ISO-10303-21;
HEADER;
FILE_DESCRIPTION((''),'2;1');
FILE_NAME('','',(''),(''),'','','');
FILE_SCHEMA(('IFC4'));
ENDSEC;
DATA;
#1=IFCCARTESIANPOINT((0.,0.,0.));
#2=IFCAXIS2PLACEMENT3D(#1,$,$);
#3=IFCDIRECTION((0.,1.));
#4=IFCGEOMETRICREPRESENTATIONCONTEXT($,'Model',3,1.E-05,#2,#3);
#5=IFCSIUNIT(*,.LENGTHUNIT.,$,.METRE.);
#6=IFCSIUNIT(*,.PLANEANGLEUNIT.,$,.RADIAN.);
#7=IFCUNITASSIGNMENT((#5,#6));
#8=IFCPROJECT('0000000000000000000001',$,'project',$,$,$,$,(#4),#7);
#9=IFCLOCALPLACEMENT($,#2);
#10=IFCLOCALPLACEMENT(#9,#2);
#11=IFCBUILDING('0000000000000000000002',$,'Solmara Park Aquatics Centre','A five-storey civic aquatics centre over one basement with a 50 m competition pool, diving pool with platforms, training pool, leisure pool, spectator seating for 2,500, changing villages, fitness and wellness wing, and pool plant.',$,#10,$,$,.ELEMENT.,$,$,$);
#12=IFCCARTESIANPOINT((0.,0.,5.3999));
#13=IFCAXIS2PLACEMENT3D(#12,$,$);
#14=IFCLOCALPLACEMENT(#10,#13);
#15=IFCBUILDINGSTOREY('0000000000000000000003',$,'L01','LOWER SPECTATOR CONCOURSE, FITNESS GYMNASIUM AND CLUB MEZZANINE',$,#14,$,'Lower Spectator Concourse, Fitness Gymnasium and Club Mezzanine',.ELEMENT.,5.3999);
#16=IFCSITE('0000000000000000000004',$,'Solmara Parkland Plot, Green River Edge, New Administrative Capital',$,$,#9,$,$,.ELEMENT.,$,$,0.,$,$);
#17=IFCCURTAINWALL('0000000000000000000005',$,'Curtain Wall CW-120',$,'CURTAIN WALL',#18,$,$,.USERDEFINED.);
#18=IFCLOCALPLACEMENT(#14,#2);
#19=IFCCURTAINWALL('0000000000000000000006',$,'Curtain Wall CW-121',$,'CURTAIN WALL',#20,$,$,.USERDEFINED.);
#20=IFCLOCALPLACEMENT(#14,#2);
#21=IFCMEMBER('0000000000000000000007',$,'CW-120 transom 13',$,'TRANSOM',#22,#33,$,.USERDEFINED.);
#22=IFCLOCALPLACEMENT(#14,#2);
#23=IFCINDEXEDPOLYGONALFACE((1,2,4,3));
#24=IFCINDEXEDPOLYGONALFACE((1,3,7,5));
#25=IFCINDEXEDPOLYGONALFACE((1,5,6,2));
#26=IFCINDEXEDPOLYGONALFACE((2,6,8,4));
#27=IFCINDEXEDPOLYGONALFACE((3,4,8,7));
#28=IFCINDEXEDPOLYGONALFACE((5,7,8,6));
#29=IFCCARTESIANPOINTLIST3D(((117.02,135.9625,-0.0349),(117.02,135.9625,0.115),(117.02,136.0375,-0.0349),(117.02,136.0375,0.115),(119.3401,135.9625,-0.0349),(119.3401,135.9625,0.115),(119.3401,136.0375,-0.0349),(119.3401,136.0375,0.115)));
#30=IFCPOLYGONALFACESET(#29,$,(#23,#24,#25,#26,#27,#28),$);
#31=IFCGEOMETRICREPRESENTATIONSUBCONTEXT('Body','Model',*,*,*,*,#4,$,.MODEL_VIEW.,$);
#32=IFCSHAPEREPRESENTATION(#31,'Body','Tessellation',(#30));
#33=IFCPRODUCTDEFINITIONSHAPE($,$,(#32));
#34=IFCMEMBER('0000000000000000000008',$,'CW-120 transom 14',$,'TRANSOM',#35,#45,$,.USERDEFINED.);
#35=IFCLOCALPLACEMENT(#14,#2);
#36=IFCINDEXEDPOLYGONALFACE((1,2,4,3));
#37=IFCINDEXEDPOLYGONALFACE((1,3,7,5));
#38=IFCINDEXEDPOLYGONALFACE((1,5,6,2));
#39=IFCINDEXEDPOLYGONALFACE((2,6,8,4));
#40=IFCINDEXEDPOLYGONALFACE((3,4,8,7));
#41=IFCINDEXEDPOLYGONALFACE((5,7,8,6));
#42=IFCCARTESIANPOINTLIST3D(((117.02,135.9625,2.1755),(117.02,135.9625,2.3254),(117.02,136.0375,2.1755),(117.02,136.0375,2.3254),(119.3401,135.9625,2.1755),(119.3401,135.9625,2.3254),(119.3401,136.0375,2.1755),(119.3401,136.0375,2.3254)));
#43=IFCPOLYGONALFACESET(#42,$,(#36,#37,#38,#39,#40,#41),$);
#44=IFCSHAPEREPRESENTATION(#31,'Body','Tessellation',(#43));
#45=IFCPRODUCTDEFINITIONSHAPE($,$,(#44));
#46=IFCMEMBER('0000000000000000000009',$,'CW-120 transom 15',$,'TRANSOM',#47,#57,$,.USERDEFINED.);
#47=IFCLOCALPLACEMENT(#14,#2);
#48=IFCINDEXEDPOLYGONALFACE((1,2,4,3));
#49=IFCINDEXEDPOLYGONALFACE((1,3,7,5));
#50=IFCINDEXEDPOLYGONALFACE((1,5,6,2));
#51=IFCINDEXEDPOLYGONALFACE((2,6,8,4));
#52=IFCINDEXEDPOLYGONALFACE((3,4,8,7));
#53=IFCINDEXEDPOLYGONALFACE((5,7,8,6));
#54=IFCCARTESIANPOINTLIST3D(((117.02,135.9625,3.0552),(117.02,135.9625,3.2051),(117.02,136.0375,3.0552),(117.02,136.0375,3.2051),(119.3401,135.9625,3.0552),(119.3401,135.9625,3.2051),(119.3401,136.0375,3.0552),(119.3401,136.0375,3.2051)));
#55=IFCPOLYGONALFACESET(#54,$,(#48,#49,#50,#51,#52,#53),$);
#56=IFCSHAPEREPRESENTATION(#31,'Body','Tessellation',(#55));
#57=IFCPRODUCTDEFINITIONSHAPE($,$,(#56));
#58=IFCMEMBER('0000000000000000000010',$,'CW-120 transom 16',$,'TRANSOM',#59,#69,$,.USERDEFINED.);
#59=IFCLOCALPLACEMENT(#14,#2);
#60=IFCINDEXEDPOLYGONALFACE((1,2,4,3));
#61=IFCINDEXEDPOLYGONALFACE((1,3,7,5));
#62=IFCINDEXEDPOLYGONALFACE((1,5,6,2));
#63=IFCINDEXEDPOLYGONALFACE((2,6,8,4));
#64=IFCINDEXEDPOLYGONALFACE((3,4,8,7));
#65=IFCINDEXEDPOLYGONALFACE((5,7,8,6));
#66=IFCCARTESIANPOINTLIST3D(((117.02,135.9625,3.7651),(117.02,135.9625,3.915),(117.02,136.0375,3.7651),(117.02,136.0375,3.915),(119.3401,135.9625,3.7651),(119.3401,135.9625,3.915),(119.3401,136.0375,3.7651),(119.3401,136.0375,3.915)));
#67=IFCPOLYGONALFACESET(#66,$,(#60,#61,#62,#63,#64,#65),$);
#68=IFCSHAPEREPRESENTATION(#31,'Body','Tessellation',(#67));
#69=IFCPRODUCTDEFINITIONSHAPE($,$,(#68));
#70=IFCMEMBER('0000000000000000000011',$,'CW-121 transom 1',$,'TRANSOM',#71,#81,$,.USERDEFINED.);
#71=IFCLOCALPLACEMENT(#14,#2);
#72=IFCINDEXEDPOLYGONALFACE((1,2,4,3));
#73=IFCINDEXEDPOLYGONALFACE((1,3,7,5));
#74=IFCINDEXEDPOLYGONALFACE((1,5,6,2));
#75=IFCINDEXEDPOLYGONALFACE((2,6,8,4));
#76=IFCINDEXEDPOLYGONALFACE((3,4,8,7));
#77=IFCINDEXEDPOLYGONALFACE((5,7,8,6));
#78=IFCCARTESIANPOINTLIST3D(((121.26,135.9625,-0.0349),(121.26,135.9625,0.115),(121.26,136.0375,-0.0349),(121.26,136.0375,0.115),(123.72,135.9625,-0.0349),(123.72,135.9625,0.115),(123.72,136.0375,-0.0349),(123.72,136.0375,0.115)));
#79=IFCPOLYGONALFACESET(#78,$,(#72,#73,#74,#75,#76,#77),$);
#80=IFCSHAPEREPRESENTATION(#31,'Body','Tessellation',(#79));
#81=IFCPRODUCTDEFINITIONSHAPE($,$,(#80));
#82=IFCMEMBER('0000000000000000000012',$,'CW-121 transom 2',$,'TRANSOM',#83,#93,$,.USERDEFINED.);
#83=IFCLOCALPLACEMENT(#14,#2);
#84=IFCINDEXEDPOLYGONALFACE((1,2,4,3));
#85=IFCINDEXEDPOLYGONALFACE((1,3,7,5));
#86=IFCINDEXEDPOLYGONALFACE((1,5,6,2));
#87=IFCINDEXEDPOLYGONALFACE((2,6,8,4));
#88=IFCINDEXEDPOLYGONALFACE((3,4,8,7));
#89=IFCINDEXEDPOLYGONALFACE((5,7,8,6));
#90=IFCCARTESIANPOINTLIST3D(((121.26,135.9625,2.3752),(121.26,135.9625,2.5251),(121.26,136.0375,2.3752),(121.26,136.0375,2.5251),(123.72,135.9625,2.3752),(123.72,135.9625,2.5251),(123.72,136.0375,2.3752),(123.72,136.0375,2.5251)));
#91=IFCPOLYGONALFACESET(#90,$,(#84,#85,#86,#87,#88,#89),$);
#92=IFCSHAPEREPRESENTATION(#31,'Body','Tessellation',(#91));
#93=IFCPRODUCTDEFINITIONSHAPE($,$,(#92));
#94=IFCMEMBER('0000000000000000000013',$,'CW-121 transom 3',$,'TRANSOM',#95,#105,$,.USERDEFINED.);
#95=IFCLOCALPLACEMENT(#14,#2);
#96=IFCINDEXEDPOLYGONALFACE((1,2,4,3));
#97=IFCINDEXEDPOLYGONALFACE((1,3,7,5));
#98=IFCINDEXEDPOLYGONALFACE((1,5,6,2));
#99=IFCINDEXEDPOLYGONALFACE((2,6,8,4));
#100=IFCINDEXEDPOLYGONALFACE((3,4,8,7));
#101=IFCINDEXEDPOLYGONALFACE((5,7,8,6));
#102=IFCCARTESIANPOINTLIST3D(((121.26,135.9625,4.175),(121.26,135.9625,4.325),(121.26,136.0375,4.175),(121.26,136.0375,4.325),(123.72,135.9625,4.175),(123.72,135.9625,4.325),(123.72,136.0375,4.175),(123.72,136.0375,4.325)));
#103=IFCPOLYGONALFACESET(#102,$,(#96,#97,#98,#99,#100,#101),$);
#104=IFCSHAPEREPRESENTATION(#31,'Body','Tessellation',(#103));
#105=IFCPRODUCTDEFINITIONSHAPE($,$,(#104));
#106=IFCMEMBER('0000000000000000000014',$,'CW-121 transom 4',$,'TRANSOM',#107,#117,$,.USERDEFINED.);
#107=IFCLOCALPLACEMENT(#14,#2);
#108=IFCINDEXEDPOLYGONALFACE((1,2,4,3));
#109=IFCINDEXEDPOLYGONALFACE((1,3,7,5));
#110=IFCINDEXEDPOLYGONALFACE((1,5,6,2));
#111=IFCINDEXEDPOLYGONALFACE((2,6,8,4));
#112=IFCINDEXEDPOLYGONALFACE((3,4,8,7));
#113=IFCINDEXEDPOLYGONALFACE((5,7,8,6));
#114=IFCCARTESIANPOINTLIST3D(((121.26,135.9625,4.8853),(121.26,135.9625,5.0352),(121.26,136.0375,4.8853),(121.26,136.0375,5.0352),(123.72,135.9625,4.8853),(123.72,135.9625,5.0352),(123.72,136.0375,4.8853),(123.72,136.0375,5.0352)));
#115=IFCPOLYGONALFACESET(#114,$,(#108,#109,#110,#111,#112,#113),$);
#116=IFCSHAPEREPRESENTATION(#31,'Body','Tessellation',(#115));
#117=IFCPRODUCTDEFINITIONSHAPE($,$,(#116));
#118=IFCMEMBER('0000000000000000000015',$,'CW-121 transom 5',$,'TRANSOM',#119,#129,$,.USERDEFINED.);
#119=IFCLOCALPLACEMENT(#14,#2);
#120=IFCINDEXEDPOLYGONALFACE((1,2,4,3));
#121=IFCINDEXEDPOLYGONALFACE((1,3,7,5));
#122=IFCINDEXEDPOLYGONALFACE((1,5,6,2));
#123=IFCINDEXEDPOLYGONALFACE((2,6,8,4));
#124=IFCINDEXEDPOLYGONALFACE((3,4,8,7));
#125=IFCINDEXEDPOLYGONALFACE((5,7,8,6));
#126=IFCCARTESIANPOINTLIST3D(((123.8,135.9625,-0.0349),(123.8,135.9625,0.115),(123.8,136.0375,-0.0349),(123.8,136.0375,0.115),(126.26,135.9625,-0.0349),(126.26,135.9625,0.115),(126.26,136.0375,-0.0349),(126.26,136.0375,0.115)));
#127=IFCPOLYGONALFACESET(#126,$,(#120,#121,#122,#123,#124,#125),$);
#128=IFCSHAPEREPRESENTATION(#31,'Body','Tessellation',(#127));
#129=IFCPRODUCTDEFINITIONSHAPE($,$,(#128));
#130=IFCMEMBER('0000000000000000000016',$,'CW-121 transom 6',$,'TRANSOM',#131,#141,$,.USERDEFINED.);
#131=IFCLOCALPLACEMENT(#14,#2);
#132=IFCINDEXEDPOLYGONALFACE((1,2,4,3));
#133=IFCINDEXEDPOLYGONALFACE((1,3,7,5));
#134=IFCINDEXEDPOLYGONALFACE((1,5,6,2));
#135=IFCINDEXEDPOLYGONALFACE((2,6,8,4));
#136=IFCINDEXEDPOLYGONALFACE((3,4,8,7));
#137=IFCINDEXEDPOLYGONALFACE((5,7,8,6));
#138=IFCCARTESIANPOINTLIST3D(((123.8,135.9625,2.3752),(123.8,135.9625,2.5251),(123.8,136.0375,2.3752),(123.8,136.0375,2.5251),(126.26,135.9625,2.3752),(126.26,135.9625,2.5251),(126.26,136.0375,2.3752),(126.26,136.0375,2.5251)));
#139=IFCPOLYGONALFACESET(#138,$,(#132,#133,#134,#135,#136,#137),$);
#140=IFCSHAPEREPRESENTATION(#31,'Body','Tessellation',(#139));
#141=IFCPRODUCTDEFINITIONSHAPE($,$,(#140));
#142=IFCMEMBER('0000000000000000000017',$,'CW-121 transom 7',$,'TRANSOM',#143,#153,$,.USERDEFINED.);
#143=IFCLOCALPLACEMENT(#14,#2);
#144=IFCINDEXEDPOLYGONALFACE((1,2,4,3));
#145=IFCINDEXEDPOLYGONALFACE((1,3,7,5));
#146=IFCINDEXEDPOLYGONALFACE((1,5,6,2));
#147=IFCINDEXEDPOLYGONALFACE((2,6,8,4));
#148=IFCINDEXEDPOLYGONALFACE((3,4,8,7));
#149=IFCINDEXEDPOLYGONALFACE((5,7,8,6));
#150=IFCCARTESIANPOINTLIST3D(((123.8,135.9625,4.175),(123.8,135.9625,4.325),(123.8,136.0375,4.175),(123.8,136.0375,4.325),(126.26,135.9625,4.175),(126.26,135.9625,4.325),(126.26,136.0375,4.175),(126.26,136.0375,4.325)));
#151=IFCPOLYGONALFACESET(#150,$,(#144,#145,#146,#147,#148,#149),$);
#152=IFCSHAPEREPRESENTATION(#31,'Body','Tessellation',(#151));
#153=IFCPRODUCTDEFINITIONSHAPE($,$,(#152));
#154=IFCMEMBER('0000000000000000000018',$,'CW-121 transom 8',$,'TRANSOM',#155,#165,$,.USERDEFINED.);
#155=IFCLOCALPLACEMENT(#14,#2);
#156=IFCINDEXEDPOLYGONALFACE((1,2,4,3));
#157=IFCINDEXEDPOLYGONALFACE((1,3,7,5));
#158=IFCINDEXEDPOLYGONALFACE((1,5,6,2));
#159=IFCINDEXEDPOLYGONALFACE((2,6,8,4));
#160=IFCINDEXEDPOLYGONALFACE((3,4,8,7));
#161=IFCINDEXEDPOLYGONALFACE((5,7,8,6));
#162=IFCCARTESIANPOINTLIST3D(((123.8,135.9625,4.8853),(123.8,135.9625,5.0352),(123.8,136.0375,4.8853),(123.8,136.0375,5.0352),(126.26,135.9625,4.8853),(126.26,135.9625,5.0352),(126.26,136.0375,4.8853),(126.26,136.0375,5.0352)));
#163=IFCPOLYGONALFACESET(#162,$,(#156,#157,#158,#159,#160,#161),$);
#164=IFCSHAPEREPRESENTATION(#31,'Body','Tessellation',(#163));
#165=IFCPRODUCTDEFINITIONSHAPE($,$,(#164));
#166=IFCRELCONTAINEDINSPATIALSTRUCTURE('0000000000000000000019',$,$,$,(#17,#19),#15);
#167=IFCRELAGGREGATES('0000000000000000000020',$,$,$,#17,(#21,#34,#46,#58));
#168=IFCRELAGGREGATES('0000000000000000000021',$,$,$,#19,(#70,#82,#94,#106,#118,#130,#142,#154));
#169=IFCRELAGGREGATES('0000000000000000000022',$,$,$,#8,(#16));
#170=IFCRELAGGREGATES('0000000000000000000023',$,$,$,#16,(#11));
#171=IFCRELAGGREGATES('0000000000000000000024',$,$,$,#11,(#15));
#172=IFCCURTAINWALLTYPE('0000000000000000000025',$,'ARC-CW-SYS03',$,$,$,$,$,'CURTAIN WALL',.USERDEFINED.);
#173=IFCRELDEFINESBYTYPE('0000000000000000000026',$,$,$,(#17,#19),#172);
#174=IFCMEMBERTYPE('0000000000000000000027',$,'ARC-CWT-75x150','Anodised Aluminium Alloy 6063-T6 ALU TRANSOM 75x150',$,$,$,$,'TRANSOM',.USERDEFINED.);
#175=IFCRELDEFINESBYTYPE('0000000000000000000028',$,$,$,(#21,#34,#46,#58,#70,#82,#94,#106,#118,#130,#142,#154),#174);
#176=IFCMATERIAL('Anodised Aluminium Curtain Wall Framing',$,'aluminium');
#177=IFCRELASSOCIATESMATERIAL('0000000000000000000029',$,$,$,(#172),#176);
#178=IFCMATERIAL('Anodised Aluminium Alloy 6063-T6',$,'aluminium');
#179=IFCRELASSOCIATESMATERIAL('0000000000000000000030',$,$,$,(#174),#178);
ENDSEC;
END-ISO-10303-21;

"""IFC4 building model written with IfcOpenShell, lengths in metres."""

from ifc_helpers import new_model, si_unit, direction, frame, origin, origin_2d, place, context, subcontext, project, spatial, rectangle, extrude, material, material_profile, profile_set, type_object, element, aggregate, save


model = new_model("IFC4")

# Units and contexts
model_context = context("Model", 3, precision=1e-05, world=origin(), true_north=direction((0.0, 1.0)))
body_context = subcontext(model_context, "Body", "Model", "MODEL_VIEW")
ifc_project = project(units=[si_unit("LENGTHUNIT", "METRE"), si_unit("PLANEANGLEUNIT", "RADIAN")], contexts=[model_context])

# Site, building, storey
site_placement = place(None, origin())
site = spatial("IfcSite", under=ifc_project, at=site_placement, Name="Solmara Parkland Plot, Green River Edge, New Administrative Capital", CompositionType="ELEMENT", RefElevation=0.0)
building_placement = place(site_placement, origin())
building = spatial("IfcBuilding", under=site, at=building_placement, Name="Solmara Park Aquatics Centre", Description="A five-storey civic aquatics centre over one basement with a 50 m competition pool, diving pool with platforms, training pool, leisure pool, spectator seating for 2,500, changing villages, fitness and wellness wing, and pool plant.", CompositionType="ELEMENT")
storey_placement = place(building_placement, frame((0.0, 0.0, 5.3999)))
storey = spatial("IfcBuildingStorey", under=building, at=storey_placement, Name="L01", Description="LOWER SPECTATOR CONCOURSE, FITNESS GYMNASIUM AND CLUB MEZZANINE", LongName="Lower Spectator Concourse, Fitness Gymnasium and Club Mezzanine", CompositionType="ELEMENT", Elevation=5.3999)

# Curtain walls
ifc_material_1 = material(Name="Anodised Aluminium Curtain Wall Framing", Category="aluminium")
curtain_wall_type = type_object("IfcCurtainWallType", Name="ARC-CW-SYS03", ElementType="CURTAIN WALL", PredefinedType="USERDEFINED", material=ifc_material_1)
curtain_wall_1_placement = place(storey_placement, origin())
curtain_wall_1 = element("IfcCurtainWall", 1, at=curtain_wall_1_placement, inside=storey, type_object=curtain_wall_type, Name="Curtain Wall CW-120", ObjectType="CURTAIN WALL", PredefinedType="USERDEFINED")
ifc_material_2 = material(Name="Anodised Aluminium Alloy 6063-T6", Category="aluminium")
curtain_wall_2_placement = place(storey_placement, origin())
curtain_wall_2 = element("IfcCurtainWall", 2, at=curtain_wall_2_placement, inside=storey, type_object=curtain_wall_type, Name="Curtain Wall CW-121", ObjectType="CURTAIN WALL", PredefinedType="USERDEFINED")

# Members
ifc_material_profile_1 = material_profile(ifc_material_2, rectangle(XDim=0.075, YDim=0.1499, at=origin_2d()), Name="ALU TRANSOM 75x150")
ifc_profile_set_1 = profile_set([ifc_material_profile_1], Name="Anodised Aluminium Alloy 6063-T6")
member_type_1 = type_object("IfcMemberType", Name="ARC-CWT-75x150", Description="Anodised Aluminium Alloy 6063-T6 ALU TRANSOM 75x150", ElementType="TRANSOM", PredefinedType="USERDEFINED", material=ifc_profile_set_1)
member_1_placement = place(storey_placement, frame((117.02, 136.0, 0.04), z_axis=(1.0, 0.0, 0.0), x_axis=(0.0, 1.0, 0.0)))
member_1 = element("IfcMember", 3, at=member_1_placement, type_object=member_type_1, Name="CW-120 transom 13", ObjectType="TRANSOM", PredefinedType="USERDEFINED", context=body_context, shape_type="SweptSolid", body=[
    extrude(rectangle(XDim=0.075, YDim=0.1499, at=origin_2d()), origin(), (0.0, 0.0, 1.0), 2.3201),
])
member_2_placement = place(storey_placement, frame((117.02, 136.0, 2.2505), z_axis=(1.0, 0.0, 0.0), x_axis=(0.0, 1.0, 0.0)))
member_2 = element("IfcMember", 4, at=member_2_placement, type_object=member_type_1, Name="CW-120 transom 14", ObjectType="TRANSOM", PredefinedType="USERDEFINED", context=body_context, shape_type="SweptSolid", body=[
    extrude(rectangle(XDim=0.075, YDim=0.1499, at=origin_2d()), origin(), (0.0, 0.0, 1.0), 2.3201),
])
member_3_placement = place(storey_placement, frame((117.02, 136.0, 3.1301), z_axis=(1.0, 0.0, 0.0), x_axis=(0.0, 1.0, 0.0)))
member_3 = element("IfcMember", 5, at=member_3_placement, type_object=member_type_1, Name="CW-120 transom 15", ObjectType="TRANSOM", PredefinedType="USERDEFINED", context=body_context, shape_type="SweptSolid", body=[
    extrude(rectangle(XDim=0.075, YDim=0.1499, at=origin_2d()), origin(), (0.0, 0.0, 1.0), 2.3201),
])
member_4_placement = place(storey_placement, frame((117.02, 136.0, 3.8401), z_axis=(1.0, 0.0, 0.0), x_axis=(0.0, 1.0, 0.0)))
member_4 = element("IfcMember", 6, at=member_4_placement, type_object=member_type_1, Name="CW-120 transom 16", ObjectType="TRANSOM", PredefinedType="USERDEFINED", context=body_context, shape_type="SweptSolid", body=[
    extrude(rectangle(XDim=0.075, YDim=0.1499, at=origin_2d()), origin(), (0.0, 0.0, 1.0), 2.3201),
])
member_5_placement = place(storey_placement, frame((121.26, 136.0, 0.04), z_axis=(1.0, 0.0, 0.0), x_axis=(0.0, 1.0, 0.0)))
member_5 = element("IfcMember", 7, at=member_5_placement, type_object=member_type_1, Name="CW-121 transom 1", ObjectType="TRANSOM", PredefinedType="USERDEFINED", context=body_context, shape_type="SweptSolid", body=[
    extrude(rectangle(XDim=0.075, YDim=0.1499, at=origin_2d()), origin(), (0.0, 0.0, 1.0), 2.46),
])
member_6_placement = place(storey_placement, frame((121.26, 136.0, 2.4502), z_axis=(1.0, 0.0, 0.0), x_axis=(0.0, 1.0, 0.0)))
member_6 = element("IfcMember", 8, at=member_6_placement, type_object=member_type_1, Name="CW-121 transom 2", ObjectType="TRANSOM", PredefinedType="USERDEFINED", context=body_context, shape_type="SweptSolid", body=[
    extrude(rectangle(XDim=0.075, YDim=0.1499, at=origin_2d()), origin(), (0.0, 0.0, 1.0), 2.46),
])
member_7_placement = place(storey_placement, frame((121.26, 136.0, 4.25), z_axis=(1.0, 0.0, 0.0), x_axis=(0.0, 1.0, 0.0)))
member_7 = element("IfcMember", 9, at=member_7_placement, type_object=member_type_1, Name="CW-121 transom 3", ObjectType="TRANSOM", PredefinedType="USERDEFINED", context=body_context, shape_type="SweptSolid", body=[
    extrude(rectangle(XDim=0.075, YDim=0.1499, at=origin_2d()), origin(), (0.0, 0.0, 1.0), 2.46),
])
member_8_placement = place(storey_placement, frame((121.26, 136.0, 4.9602), z_axis=(1.0, 0.0, 0.0), x_axis=(0.0, 1.0, 0.0)))
member_8 = element("IfcMember", 10, at=member_8_placement, type_object=member_type_1, Name="CW-121 transom 4", ObjectType="TRANSOM", PredefinedType="USERDEFINED", context=body_context, shape_type="SweptSolid", body=[
    extrude(rectangle(XDim=0.075, YDim=0.1499, at=origin_2d()), origin(), (0.0, 0.0, 1.0), 2.46),
])
member_9_placement = place(storey_placement, frame((123.8, 136.0, 0.04), z_axis=(1.0, 0.0, 0.0), x_axis=(0.0, 1.0, 0.0)))
member_9 = element("IfcMember", 11, at=member_9_placement, type_object=member_type_1, Name="CW-121 transom 5", ObjectType="TRANSOM", PredefinedType="USERDEFINED", context=body_context, shape_type="SweptSolid", body=[
    extrude(rectangle(XDim=0.075, YDim=0.1499, at=origin_2d()), origin(), (0.0, 0.0, 1.0), 2.46),
])
member_10_placement = place(storey_placement, frame((123.8, 136.0, 2.4502), z_axis=(1.0, 0.0, 0.0), x_axis=(0.0, 1.0, 0.0)))
member_10 = element("IfcMember", 12, at=member_10_placement, type_object=member_type_1, Name="CW-121 transom 6", ObjectType="TRANSOM", PredefinedType="USERDEFINED", context=body_context, shape_type="SweptSolid", body=[
    extrude(rectangle(XDim=0.075, YDim=0.1499, at=origin_2d()), origin(), (0.0, 0.0, 1.0), 2.46),
])
member_11_placement = place(storey_placement, frame((123.8, 136.0, 4.25), z_axis=(1.0, 0.0, 0.0), x_axis=(0.0, 1.0, 0.0)))
member_11 = element("IfcMember", 13, at=member_11_placement, type_object=member_type_1, Name="CW-121 transom 7", ObjectType="TRANSOM", PredefinedType="USERDEFINED", context=body_context, shape_type="SweptSolid", body=[
    extrude(rectangle(XDim=0.075, YDim=0.1499, at=origin_2d()), origin(), (0.0, 0.0, 1.0), 2.46),
])
member_12_placement = place(storey_placement, frame((123.8, 136.0, 4.9602), z_axis=(1.0, 0.0, 0.0), x_axis=(0.0, 1.0, 0.0)))
member_12 = element("IfcMember", 14, at=member_12_placement, type_object=member_type_1, Name="CW-121 transom 8", ObjectType="TRANSOM", PredefinedType="USERDEFINED", context=body_context, shape_type="SweptSolid", body=[
    extrude(rectangle(XDim=0.075, YDim=0.1499, at=origin_2d()), origin(), (0.0, 0.0, 1.0), 2.46),
])

aggregate(curtain_wall_1, [member_1, member_2, member_3, member_4])
aggregate(curtain_wall_2, [member_5, member_6, member_7, member_8, member_9, member_10, member_11, member_12])

save(model, "model.ifc")
